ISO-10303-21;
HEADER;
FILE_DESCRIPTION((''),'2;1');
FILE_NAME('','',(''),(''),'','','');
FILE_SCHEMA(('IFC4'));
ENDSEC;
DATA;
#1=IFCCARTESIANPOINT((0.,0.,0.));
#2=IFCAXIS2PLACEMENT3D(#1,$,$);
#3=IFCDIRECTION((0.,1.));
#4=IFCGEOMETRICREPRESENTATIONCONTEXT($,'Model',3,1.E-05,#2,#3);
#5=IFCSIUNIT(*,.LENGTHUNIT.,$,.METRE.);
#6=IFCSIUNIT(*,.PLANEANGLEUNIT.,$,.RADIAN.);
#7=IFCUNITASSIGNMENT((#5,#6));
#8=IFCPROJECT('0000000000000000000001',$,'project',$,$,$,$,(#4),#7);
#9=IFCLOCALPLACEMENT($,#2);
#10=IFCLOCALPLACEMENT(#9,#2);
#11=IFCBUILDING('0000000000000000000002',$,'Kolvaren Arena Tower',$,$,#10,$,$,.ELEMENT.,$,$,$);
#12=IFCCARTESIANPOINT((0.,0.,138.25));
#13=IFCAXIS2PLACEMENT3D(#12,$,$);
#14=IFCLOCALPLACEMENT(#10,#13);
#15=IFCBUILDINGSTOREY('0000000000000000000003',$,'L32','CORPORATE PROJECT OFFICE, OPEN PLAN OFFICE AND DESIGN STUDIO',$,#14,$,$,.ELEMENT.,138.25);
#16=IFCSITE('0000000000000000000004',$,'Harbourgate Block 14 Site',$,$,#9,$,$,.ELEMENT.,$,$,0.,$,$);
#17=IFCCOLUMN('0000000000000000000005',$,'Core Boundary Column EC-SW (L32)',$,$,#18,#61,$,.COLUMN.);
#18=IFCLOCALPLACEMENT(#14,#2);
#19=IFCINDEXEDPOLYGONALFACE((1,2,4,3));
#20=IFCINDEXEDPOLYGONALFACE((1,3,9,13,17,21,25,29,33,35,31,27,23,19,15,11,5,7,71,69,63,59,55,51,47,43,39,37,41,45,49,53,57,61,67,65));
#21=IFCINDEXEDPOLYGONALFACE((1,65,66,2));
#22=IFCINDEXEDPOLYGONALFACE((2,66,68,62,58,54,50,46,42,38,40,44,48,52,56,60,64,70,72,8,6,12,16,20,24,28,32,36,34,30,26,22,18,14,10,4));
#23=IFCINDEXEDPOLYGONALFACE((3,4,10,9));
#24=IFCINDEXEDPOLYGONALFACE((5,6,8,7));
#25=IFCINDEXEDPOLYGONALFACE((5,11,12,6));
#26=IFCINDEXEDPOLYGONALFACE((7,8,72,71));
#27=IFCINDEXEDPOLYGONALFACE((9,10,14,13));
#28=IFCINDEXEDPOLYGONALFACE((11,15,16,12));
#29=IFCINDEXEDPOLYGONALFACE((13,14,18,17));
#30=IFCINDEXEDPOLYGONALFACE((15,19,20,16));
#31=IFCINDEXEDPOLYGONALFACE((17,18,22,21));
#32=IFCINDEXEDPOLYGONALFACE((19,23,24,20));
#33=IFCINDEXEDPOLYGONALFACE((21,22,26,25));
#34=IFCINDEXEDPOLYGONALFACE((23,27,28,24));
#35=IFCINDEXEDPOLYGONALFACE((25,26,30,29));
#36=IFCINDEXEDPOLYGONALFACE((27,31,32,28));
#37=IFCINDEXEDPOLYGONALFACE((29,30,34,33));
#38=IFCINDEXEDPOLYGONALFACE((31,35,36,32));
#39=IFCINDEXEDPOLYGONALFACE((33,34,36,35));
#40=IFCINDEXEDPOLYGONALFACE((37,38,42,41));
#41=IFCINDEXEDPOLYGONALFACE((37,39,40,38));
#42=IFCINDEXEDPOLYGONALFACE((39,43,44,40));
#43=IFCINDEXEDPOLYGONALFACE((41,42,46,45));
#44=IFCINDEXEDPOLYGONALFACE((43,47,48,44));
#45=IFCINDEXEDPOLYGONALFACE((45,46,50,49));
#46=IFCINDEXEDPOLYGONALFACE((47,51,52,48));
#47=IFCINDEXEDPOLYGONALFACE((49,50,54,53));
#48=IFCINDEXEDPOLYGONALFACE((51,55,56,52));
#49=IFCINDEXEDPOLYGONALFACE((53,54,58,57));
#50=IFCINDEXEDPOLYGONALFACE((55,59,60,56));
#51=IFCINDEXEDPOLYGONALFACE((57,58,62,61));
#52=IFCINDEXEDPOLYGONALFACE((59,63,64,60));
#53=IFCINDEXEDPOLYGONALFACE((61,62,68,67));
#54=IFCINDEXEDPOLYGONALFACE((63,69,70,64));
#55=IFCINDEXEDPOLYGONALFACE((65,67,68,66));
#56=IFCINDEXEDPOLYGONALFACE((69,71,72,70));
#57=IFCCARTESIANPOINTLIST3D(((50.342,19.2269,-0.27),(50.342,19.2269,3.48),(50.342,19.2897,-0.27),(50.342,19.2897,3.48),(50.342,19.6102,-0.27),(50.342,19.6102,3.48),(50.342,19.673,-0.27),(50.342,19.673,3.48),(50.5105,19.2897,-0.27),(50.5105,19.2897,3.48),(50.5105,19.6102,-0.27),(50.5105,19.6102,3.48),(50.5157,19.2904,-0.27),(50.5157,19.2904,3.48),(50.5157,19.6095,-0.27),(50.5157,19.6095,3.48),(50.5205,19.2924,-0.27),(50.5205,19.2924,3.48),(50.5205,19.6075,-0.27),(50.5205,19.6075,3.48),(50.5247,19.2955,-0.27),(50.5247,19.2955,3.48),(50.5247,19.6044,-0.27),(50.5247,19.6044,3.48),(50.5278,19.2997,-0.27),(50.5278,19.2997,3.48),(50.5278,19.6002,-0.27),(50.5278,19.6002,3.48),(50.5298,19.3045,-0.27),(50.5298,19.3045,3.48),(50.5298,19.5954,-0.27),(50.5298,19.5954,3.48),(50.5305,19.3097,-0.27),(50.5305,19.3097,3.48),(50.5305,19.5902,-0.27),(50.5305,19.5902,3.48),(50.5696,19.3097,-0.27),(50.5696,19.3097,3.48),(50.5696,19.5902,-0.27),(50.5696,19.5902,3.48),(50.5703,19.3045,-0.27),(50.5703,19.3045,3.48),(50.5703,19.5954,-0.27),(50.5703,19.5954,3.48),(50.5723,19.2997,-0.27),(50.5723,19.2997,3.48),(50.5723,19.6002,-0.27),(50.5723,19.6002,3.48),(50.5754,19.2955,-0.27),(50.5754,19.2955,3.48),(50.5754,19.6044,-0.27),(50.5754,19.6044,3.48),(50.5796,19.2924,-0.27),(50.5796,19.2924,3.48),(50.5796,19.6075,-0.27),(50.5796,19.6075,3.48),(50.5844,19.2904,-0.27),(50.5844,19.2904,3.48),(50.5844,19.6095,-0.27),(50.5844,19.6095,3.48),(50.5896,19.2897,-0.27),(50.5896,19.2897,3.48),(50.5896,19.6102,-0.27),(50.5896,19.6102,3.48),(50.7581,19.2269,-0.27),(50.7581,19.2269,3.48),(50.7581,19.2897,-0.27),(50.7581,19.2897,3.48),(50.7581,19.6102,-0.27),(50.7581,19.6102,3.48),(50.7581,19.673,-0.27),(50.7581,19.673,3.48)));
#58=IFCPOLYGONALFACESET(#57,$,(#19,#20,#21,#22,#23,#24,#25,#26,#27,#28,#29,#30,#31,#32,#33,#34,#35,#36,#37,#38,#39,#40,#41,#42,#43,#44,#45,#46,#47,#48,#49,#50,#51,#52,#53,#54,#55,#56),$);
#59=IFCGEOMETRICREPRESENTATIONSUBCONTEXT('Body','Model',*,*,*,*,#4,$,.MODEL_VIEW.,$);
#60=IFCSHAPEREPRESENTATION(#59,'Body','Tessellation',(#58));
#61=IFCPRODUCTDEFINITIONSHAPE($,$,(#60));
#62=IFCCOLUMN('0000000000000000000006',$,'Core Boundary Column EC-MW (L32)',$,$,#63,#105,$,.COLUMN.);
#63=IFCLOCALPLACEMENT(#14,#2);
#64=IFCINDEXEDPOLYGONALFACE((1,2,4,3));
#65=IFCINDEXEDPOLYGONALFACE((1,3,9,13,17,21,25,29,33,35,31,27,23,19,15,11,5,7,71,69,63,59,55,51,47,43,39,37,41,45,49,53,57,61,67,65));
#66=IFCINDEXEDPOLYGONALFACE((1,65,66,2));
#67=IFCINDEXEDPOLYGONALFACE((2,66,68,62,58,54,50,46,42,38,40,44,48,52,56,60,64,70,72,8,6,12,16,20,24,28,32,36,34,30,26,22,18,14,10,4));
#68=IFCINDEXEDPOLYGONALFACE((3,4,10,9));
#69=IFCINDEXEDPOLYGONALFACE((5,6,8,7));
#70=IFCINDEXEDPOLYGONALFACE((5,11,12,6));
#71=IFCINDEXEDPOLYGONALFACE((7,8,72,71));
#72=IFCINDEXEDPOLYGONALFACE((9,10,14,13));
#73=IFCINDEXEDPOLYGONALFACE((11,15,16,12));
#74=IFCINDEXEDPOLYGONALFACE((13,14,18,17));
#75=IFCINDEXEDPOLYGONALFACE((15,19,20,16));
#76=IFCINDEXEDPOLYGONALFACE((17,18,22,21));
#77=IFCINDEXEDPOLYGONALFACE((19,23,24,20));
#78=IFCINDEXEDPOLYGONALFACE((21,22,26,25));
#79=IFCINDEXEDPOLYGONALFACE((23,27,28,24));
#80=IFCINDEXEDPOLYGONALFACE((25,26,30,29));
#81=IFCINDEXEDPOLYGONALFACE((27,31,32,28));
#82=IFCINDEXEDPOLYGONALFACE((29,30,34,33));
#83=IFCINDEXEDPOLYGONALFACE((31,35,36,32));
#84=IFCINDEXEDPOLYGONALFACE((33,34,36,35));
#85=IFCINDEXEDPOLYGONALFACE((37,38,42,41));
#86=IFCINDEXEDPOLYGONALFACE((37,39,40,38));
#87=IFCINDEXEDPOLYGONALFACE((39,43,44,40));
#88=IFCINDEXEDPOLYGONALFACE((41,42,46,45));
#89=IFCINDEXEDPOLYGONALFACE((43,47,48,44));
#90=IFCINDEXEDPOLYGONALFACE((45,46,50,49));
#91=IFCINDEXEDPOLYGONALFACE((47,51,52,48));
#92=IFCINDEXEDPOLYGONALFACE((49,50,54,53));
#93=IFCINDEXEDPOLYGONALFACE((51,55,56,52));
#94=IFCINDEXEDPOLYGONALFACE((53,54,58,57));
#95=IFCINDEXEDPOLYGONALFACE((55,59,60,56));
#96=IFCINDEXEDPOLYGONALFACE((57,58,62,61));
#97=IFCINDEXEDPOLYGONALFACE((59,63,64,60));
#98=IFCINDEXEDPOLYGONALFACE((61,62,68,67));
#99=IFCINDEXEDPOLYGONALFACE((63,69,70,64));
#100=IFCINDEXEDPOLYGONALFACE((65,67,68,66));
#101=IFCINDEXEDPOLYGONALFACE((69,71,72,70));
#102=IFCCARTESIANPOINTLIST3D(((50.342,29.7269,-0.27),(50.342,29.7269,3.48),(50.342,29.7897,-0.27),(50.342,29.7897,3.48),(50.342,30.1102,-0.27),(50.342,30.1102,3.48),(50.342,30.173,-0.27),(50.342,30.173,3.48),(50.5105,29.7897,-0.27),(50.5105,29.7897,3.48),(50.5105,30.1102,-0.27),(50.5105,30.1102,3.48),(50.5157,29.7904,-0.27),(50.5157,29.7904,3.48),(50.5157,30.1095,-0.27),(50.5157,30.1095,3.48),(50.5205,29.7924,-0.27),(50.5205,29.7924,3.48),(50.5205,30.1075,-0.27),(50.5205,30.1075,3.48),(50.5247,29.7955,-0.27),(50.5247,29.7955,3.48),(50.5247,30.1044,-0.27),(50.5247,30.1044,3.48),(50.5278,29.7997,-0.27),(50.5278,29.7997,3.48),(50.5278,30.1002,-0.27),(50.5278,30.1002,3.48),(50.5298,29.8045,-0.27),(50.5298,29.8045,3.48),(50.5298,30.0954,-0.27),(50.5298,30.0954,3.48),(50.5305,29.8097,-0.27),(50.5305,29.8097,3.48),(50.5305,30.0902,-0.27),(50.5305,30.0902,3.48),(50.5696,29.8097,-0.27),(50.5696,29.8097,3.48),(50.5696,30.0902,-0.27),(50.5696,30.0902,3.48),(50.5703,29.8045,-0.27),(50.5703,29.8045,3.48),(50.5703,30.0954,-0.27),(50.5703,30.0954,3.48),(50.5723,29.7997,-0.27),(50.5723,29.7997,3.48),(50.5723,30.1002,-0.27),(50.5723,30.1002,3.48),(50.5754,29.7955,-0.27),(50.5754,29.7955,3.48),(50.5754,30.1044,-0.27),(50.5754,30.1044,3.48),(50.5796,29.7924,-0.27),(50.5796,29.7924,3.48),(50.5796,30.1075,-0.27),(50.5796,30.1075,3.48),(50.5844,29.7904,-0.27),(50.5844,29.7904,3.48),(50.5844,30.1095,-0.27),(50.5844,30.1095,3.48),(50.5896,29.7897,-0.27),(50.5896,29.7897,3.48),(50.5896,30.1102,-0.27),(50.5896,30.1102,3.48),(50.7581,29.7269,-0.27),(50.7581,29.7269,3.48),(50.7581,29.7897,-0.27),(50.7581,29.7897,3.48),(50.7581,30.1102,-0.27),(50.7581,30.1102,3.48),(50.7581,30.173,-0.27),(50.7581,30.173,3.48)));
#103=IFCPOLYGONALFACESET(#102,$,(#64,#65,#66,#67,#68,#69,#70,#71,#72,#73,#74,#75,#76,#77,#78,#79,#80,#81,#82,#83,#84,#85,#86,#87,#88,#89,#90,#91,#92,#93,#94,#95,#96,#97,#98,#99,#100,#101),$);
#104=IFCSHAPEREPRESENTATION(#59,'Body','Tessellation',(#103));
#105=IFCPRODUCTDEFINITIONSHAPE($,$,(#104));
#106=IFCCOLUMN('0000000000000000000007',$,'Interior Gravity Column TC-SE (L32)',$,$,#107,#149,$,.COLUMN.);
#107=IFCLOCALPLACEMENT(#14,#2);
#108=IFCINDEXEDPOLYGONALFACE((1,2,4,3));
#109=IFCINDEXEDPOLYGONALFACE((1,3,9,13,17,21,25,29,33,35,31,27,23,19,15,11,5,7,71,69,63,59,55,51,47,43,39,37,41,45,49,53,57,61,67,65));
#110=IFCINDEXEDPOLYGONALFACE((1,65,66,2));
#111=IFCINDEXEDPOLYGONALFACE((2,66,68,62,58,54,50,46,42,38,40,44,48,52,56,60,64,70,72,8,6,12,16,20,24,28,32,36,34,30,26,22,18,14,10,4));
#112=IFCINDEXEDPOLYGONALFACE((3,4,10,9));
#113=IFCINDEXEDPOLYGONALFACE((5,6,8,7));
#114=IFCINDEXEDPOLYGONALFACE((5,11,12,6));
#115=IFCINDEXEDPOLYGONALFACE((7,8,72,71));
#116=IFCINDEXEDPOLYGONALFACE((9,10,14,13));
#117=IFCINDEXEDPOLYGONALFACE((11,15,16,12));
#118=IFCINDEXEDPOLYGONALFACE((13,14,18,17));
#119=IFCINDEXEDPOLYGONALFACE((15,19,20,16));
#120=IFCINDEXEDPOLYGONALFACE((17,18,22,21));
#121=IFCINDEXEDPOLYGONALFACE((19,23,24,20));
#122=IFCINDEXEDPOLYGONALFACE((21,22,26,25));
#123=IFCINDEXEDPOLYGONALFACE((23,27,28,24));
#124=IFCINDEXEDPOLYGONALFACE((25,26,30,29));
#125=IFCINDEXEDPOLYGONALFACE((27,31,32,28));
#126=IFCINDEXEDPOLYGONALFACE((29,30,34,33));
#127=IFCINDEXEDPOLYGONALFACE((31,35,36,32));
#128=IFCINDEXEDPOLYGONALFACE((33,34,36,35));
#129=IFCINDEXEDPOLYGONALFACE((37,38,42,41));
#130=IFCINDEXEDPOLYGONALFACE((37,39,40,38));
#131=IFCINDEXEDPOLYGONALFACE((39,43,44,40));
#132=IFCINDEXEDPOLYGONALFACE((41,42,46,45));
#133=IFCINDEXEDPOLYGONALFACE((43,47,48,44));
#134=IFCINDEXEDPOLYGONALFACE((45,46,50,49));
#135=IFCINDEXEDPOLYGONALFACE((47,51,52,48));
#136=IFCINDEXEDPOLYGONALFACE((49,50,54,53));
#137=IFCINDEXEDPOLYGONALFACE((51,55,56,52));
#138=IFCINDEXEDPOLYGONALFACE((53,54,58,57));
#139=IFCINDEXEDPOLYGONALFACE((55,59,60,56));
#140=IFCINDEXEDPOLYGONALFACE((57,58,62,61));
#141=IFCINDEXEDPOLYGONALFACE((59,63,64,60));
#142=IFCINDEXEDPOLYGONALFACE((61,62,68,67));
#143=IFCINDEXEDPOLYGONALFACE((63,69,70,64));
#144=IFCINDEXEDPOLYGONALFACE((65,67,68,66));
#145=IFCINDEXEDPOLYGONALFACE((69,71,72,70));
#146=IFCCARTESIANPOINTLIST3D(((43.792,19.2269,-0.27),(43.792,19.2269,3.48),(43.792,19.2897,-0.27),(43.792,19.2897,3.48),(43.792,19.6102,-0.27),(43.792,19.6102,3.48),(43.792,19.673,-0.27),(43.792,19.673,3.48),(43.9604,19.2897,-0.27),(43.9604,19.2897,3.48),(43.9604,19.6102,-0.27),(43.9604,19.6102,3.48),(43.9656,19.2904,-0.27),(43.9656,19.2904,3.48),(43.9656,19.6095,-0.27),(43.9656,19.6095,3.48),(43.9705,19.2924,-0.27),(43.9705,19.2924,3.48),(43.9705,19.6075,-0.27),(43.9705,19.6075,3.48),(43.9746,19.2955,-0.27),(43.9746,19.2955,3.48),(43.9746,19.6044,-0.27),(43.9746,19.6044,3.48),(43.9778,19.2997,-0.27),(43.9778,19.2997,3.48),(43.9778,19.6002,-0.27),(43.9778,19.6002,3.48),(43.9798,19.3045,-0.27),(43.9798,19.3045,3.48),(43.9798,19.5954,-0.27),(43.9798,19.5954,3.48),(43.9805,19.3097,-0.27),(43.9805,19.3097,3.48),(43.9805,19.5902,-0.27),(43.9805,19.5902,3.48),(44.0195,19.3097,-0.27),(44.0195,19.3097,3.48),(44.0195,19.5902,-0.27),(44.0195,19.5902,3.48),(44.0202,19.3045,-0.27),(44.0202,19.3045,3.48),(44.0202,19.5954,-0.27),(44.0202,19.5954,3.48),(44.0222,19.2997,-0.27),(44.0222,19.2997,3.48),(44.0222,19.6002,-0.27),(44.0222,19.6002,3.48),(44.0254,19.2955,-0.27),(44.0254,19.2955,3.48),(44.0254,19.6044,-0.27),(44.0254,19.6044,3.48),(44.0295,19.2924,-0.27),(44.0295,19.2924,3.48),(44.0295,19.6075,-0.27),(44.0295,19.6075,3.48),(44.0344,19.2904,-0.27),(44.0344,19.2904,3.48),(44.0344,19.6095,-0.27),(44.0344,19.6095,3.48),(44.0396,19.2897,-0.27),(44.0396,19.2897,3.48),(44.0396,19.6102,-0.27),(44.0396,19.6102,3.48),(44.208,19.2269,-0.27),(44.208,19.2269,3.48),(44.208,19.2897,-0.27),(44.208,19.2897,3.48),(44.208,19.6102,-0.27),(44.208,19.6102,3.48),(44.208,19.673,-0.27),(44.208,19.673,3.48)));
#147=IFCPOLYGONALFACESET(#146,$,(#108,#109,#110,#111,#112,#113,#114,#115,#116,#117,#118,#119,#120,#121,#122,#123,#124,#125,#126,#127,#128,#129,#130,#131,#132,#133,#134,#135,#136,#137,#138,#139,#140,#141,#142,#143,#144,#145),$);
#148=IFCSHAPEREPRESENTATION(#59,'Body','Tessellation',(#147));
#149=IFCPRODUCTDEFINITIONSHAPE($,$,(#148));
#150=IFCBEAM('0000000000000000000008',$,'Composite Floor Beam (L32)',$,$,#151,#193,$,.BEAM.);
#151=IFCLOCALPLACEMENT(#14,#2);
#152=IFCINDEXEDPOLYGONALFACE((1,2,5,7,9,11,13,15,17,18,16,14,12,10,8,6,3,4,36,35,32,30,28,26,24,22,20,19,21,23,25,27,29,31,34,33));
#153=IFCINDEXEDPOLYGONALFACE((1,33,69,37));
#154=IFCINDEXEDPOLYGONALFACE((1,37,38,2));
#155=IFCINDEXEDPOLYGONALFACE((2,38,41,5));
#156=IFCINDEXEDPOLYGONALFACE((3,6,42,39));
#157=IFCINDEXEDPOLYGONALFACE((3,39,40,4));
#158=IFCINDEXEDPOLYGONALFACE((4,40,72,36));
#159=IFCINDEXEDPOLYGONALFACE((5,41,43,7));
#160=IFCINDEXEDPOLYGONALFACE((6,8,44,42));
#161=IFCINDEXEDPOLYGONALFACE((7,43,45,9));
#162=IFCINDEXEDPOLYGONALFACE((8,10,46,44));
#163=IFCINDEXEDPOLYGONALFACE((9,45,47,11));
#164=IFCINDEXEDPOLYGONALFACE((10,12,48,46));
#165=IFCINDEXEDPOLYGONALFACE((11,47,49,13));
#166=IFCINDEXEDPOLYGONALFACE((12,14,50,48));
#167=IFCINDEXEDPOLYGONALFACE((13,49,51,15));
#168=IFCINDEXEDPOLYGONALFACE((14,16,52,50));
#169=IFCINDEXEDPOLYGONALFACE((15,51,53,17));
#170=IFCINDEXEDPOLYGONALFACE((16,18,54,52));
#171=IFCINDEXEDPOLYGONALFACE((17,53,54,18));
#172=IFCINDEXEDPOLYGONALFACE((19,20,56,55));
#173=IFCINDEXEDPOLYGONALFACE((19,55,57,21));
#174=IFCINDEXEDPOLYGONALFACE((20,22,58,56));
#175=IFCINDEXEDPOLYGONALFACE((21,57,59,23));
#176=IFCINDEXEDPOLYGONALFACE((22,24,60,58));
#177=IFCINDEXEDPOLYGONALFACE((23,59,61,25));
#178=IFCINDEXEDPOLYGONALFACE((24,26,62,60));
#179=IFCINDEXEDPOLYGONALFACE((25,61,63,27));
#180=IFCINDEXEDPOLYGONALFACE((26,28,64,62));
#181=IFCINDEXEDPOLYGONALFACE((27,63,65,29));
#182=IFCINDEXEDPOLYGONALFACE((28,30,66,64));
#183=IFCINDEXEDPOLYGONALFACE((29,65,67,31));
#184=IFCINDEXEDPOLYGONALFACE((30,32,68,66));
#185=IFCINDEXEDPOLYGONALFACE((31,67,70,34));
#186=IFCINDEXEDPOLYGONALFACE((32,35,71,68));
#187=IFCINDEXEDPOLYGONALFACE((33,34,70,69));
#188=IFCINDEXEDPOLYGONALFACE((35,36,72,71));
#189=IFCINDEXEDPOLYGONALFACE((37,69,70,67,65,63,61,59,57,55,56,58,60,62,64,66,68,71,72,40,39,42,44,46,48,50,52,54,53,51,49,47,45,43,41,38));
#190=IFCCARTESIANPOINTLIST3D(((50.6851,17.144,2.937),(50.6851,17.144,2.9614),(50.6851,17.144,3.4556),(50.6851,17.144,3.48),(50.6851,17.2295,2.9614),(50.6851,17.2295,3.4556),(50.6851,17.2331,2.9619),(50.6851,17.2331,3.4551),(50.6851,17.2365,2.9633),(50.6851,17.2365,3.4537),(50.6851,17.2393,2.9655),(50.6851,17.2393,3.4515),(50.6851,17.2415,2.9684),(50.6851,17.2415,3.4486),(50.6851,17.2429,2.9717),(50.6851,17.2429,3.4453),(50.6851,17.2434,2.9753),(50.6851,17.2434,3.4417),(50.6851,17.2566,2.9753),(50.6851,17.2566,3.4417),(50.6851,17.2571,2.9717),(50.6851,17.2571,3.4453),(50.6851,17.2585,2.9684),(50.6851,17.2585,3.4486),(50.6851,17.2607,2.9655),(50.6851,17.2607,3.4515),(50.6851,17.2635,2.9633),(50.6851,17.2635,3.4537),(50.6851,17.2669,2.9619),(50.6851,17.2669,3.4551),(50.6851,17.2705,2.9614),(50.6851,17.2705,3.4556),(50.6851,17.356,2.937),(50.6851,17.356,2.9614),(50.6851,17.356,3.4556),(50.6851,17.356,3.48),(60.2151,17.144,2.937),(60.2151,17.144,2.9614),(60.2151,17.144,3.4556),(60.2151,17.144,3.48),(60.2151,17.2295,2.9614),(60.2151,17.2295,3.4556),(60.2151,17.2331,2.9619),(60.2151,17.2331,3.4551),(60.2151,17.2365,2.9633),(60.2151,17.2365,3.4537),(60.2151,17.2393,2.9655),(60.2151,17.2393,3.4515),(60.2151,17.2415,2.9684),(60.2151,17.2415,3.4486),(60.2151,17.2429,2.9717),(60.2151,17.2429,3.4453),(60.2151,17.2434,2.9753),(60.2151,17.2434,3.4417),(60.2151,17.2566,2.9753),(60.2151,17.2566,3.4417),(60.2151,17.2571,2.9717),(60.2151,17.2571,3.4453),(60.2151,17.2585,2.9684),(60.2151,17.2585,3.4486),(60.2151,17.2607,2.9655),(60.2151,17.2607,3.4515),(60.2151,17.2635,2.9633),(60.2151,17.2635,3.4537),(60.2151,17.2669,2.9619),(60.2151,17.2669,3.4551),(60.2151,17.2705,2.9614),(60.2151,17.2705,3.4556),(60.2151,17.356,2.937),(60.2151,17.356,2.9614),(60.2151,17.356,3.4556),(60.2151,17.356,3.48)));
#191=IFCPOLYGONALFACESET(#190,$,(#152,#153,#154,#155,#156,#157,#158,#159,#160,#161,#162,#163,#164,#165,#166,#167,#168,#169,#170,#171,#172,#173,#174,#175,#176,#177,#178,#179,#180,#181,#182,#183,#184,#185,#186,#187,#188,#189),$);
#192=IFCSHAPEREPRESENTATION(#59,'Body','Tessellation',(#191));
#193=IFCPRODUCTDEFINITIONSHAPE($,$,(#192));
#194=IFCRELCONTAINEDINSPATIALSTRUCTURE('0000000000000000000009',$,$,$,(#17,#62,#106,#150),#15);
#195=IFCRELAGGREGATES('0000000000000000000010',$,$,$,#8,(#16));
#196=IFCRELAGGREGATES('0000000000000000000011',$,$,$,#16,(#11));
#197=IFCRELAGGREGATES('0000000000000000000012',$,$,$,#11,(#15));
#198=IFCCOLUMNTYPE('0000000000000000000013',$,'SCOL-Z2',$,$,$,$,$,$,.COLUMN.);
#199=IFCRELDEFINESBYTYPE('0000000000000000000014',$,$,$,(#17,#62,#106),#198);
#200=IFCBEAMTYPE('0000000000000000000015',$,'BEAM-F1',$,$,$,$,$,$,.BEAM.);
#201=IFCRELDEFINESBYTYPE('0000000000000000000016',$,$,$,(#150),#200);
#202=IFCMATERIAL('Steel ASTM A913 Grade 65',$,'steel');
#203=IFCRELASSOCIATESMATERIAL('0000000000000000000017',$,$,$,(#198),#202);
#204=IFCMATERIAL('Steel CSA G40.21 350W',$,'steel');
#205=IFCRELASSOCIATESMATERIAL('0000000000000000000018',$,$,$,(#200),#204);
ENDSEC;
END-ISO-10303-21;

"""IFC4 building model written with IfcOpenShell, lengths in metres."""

from ifc_helpers import new_model, si_unit, direction, frame, origin, origin_2d, place, context, subcontext, project, spatial, i_section, extrude, material, material_profile, profile_set, type_object, element, save


model = new_model("IFC4")

# Units and contexts
model_context = context("Model", 3, precision=1e-05, world=origin(), true_north=direction((0.0, 1.0)))
body_context = subcontext(model_context, "Body", "Model", "MODEL_VIEW")
ifc_project = project(units=[si_unit("LENGTHUNIT", "METRE"), si_unit("PLANEANGLEUNIT", "RADIAN")], contexts=[model_context])

# Site, building, storey
site_placement = place(None, origin())
site = spatial("IfcSite", under=ifc_project, at=site_placement, Name="Harbourgate Block 14 Site", CompositionType="ELEMENT", RefElevation=0.0)
building_placement = place(site_placement, origin())
building = spatial("IfcBuilding", under=site, at=building_placement, Name="Kolvaren Arena Tower", CompositionType="ELEMENT")
storey_placement = place(building_placement, frame((0.0, 0.0, 138.25)))
storey = spatial("IfcBuildingStorey", under=building, at=storey_placement, Name="L32", Description="CORPORATE PROJECT OFFICE, OPEN PLAN OFFICE AND DESIGN STUDIO", CompositionType="ELEMENT", Elevation=138.25)

# Columns
ifc_material_1 = material(Name="Steel ASTM A913 Grade 65", Category="steel")
ifc_material_profile_1 = material_profile(ifc_material_1, i_section(OverallWidth=0.416, OverallDepth=0.446, WebThickness=0.0391, FlangeThickness=0.0627, FilletRadius=0.02, at=origin_2d()), Name="W360x509")
ifc_profile_set_1 = profile_set([ifc_material_profile_1], Name="Steel ASTM A913 Grade 65")
column_type = type_object("IfcColumnType", Name="SCOL-Z2", PredefinedType="COLUMN", material=ifc_profile_set_1)
for number, where, z_axis, x_axis, name in (
    (1, (50.55, 19.45, -0.27), (0.0, 0.0, 1.0), (1.0, 0.0, 0.0), "Core Boundary Column EC-SW (L32)"),
    (2, (50.55, 29.95, -0.27), (0.0, 0.0, 1.0), (1.0, 0.0, 0.0), "Core Boundary Column EC-MW (L32)"),
    (3, (44.0, 19.45, -0.27), (0.0, 0.0, 1.0), (1.0, 0.0, 0.0), "Interior Gravity Column TC-SE (L32)"),
):
    element("IfcColumn", number, at=place(storey_placement, frame(where, z_axis=z_axis, x_axis=x_axis)), inside=storey, type_object=column_type, Name=name, PredefinedType="COLUMN", context=body_context, shape_type="SweptSolid", body=[
        extrude(i_section(OverallWidth=0.416, OverallDepth=0.446, WebThickness=0.0391, FlangeThickness=0.0627, FilletRadius=0.02, at=origin_2d()), origin(), (0.0, 0.0, 1.0), 3.75),
    ])

# Beam
ifc_material_2 = material(Name="Steel CSA G40.21 350W", Category="steel")
ifc_material_profile_2 = material_profile(ifc_material_2, i_section(OverallWidth=0.2119, OverallDepth=0.543, WebThickness=0.0132, FlangeThickness=0.0244, FilletRadius=0.0139, at=origin_2d()), Name="W530x150")
ifc_profile_set_2 = profile_set([ifc_material_profile_2], Name="Steel CSA G40.21 350W")
beam_type_1 = type_object("IfcBeamType", Name="BEAM-F1", PredefinedType="BEAM", material=ifc_profile_set_2)
beam_1_placement = place(storey_placement, frame((50.6851, 17.25, 3.2085), z_axis=(1.0, 0.0, 0.0), x_axis=(0.0, 1.0, 0.0)))
element("IfcBeam", 4, at=beam_1_placement, inside=storey, type_object=beam_type_1, Name="Composite Floor Beam (L32)", PredefinedType="BEAM", context=body_context, shape_type="SweptSolid", body=[
    extrude(i_section(OverallWidth=0.2119, OverallDepth=0.543, WebThickness=0.0132, FlangeThickness=0.0244, FilletRadius=0.0139, at=origin_2d()), origin(), (0.0, 0.0, 1.0), 9.53),
])

save(model, "model.ifc")
